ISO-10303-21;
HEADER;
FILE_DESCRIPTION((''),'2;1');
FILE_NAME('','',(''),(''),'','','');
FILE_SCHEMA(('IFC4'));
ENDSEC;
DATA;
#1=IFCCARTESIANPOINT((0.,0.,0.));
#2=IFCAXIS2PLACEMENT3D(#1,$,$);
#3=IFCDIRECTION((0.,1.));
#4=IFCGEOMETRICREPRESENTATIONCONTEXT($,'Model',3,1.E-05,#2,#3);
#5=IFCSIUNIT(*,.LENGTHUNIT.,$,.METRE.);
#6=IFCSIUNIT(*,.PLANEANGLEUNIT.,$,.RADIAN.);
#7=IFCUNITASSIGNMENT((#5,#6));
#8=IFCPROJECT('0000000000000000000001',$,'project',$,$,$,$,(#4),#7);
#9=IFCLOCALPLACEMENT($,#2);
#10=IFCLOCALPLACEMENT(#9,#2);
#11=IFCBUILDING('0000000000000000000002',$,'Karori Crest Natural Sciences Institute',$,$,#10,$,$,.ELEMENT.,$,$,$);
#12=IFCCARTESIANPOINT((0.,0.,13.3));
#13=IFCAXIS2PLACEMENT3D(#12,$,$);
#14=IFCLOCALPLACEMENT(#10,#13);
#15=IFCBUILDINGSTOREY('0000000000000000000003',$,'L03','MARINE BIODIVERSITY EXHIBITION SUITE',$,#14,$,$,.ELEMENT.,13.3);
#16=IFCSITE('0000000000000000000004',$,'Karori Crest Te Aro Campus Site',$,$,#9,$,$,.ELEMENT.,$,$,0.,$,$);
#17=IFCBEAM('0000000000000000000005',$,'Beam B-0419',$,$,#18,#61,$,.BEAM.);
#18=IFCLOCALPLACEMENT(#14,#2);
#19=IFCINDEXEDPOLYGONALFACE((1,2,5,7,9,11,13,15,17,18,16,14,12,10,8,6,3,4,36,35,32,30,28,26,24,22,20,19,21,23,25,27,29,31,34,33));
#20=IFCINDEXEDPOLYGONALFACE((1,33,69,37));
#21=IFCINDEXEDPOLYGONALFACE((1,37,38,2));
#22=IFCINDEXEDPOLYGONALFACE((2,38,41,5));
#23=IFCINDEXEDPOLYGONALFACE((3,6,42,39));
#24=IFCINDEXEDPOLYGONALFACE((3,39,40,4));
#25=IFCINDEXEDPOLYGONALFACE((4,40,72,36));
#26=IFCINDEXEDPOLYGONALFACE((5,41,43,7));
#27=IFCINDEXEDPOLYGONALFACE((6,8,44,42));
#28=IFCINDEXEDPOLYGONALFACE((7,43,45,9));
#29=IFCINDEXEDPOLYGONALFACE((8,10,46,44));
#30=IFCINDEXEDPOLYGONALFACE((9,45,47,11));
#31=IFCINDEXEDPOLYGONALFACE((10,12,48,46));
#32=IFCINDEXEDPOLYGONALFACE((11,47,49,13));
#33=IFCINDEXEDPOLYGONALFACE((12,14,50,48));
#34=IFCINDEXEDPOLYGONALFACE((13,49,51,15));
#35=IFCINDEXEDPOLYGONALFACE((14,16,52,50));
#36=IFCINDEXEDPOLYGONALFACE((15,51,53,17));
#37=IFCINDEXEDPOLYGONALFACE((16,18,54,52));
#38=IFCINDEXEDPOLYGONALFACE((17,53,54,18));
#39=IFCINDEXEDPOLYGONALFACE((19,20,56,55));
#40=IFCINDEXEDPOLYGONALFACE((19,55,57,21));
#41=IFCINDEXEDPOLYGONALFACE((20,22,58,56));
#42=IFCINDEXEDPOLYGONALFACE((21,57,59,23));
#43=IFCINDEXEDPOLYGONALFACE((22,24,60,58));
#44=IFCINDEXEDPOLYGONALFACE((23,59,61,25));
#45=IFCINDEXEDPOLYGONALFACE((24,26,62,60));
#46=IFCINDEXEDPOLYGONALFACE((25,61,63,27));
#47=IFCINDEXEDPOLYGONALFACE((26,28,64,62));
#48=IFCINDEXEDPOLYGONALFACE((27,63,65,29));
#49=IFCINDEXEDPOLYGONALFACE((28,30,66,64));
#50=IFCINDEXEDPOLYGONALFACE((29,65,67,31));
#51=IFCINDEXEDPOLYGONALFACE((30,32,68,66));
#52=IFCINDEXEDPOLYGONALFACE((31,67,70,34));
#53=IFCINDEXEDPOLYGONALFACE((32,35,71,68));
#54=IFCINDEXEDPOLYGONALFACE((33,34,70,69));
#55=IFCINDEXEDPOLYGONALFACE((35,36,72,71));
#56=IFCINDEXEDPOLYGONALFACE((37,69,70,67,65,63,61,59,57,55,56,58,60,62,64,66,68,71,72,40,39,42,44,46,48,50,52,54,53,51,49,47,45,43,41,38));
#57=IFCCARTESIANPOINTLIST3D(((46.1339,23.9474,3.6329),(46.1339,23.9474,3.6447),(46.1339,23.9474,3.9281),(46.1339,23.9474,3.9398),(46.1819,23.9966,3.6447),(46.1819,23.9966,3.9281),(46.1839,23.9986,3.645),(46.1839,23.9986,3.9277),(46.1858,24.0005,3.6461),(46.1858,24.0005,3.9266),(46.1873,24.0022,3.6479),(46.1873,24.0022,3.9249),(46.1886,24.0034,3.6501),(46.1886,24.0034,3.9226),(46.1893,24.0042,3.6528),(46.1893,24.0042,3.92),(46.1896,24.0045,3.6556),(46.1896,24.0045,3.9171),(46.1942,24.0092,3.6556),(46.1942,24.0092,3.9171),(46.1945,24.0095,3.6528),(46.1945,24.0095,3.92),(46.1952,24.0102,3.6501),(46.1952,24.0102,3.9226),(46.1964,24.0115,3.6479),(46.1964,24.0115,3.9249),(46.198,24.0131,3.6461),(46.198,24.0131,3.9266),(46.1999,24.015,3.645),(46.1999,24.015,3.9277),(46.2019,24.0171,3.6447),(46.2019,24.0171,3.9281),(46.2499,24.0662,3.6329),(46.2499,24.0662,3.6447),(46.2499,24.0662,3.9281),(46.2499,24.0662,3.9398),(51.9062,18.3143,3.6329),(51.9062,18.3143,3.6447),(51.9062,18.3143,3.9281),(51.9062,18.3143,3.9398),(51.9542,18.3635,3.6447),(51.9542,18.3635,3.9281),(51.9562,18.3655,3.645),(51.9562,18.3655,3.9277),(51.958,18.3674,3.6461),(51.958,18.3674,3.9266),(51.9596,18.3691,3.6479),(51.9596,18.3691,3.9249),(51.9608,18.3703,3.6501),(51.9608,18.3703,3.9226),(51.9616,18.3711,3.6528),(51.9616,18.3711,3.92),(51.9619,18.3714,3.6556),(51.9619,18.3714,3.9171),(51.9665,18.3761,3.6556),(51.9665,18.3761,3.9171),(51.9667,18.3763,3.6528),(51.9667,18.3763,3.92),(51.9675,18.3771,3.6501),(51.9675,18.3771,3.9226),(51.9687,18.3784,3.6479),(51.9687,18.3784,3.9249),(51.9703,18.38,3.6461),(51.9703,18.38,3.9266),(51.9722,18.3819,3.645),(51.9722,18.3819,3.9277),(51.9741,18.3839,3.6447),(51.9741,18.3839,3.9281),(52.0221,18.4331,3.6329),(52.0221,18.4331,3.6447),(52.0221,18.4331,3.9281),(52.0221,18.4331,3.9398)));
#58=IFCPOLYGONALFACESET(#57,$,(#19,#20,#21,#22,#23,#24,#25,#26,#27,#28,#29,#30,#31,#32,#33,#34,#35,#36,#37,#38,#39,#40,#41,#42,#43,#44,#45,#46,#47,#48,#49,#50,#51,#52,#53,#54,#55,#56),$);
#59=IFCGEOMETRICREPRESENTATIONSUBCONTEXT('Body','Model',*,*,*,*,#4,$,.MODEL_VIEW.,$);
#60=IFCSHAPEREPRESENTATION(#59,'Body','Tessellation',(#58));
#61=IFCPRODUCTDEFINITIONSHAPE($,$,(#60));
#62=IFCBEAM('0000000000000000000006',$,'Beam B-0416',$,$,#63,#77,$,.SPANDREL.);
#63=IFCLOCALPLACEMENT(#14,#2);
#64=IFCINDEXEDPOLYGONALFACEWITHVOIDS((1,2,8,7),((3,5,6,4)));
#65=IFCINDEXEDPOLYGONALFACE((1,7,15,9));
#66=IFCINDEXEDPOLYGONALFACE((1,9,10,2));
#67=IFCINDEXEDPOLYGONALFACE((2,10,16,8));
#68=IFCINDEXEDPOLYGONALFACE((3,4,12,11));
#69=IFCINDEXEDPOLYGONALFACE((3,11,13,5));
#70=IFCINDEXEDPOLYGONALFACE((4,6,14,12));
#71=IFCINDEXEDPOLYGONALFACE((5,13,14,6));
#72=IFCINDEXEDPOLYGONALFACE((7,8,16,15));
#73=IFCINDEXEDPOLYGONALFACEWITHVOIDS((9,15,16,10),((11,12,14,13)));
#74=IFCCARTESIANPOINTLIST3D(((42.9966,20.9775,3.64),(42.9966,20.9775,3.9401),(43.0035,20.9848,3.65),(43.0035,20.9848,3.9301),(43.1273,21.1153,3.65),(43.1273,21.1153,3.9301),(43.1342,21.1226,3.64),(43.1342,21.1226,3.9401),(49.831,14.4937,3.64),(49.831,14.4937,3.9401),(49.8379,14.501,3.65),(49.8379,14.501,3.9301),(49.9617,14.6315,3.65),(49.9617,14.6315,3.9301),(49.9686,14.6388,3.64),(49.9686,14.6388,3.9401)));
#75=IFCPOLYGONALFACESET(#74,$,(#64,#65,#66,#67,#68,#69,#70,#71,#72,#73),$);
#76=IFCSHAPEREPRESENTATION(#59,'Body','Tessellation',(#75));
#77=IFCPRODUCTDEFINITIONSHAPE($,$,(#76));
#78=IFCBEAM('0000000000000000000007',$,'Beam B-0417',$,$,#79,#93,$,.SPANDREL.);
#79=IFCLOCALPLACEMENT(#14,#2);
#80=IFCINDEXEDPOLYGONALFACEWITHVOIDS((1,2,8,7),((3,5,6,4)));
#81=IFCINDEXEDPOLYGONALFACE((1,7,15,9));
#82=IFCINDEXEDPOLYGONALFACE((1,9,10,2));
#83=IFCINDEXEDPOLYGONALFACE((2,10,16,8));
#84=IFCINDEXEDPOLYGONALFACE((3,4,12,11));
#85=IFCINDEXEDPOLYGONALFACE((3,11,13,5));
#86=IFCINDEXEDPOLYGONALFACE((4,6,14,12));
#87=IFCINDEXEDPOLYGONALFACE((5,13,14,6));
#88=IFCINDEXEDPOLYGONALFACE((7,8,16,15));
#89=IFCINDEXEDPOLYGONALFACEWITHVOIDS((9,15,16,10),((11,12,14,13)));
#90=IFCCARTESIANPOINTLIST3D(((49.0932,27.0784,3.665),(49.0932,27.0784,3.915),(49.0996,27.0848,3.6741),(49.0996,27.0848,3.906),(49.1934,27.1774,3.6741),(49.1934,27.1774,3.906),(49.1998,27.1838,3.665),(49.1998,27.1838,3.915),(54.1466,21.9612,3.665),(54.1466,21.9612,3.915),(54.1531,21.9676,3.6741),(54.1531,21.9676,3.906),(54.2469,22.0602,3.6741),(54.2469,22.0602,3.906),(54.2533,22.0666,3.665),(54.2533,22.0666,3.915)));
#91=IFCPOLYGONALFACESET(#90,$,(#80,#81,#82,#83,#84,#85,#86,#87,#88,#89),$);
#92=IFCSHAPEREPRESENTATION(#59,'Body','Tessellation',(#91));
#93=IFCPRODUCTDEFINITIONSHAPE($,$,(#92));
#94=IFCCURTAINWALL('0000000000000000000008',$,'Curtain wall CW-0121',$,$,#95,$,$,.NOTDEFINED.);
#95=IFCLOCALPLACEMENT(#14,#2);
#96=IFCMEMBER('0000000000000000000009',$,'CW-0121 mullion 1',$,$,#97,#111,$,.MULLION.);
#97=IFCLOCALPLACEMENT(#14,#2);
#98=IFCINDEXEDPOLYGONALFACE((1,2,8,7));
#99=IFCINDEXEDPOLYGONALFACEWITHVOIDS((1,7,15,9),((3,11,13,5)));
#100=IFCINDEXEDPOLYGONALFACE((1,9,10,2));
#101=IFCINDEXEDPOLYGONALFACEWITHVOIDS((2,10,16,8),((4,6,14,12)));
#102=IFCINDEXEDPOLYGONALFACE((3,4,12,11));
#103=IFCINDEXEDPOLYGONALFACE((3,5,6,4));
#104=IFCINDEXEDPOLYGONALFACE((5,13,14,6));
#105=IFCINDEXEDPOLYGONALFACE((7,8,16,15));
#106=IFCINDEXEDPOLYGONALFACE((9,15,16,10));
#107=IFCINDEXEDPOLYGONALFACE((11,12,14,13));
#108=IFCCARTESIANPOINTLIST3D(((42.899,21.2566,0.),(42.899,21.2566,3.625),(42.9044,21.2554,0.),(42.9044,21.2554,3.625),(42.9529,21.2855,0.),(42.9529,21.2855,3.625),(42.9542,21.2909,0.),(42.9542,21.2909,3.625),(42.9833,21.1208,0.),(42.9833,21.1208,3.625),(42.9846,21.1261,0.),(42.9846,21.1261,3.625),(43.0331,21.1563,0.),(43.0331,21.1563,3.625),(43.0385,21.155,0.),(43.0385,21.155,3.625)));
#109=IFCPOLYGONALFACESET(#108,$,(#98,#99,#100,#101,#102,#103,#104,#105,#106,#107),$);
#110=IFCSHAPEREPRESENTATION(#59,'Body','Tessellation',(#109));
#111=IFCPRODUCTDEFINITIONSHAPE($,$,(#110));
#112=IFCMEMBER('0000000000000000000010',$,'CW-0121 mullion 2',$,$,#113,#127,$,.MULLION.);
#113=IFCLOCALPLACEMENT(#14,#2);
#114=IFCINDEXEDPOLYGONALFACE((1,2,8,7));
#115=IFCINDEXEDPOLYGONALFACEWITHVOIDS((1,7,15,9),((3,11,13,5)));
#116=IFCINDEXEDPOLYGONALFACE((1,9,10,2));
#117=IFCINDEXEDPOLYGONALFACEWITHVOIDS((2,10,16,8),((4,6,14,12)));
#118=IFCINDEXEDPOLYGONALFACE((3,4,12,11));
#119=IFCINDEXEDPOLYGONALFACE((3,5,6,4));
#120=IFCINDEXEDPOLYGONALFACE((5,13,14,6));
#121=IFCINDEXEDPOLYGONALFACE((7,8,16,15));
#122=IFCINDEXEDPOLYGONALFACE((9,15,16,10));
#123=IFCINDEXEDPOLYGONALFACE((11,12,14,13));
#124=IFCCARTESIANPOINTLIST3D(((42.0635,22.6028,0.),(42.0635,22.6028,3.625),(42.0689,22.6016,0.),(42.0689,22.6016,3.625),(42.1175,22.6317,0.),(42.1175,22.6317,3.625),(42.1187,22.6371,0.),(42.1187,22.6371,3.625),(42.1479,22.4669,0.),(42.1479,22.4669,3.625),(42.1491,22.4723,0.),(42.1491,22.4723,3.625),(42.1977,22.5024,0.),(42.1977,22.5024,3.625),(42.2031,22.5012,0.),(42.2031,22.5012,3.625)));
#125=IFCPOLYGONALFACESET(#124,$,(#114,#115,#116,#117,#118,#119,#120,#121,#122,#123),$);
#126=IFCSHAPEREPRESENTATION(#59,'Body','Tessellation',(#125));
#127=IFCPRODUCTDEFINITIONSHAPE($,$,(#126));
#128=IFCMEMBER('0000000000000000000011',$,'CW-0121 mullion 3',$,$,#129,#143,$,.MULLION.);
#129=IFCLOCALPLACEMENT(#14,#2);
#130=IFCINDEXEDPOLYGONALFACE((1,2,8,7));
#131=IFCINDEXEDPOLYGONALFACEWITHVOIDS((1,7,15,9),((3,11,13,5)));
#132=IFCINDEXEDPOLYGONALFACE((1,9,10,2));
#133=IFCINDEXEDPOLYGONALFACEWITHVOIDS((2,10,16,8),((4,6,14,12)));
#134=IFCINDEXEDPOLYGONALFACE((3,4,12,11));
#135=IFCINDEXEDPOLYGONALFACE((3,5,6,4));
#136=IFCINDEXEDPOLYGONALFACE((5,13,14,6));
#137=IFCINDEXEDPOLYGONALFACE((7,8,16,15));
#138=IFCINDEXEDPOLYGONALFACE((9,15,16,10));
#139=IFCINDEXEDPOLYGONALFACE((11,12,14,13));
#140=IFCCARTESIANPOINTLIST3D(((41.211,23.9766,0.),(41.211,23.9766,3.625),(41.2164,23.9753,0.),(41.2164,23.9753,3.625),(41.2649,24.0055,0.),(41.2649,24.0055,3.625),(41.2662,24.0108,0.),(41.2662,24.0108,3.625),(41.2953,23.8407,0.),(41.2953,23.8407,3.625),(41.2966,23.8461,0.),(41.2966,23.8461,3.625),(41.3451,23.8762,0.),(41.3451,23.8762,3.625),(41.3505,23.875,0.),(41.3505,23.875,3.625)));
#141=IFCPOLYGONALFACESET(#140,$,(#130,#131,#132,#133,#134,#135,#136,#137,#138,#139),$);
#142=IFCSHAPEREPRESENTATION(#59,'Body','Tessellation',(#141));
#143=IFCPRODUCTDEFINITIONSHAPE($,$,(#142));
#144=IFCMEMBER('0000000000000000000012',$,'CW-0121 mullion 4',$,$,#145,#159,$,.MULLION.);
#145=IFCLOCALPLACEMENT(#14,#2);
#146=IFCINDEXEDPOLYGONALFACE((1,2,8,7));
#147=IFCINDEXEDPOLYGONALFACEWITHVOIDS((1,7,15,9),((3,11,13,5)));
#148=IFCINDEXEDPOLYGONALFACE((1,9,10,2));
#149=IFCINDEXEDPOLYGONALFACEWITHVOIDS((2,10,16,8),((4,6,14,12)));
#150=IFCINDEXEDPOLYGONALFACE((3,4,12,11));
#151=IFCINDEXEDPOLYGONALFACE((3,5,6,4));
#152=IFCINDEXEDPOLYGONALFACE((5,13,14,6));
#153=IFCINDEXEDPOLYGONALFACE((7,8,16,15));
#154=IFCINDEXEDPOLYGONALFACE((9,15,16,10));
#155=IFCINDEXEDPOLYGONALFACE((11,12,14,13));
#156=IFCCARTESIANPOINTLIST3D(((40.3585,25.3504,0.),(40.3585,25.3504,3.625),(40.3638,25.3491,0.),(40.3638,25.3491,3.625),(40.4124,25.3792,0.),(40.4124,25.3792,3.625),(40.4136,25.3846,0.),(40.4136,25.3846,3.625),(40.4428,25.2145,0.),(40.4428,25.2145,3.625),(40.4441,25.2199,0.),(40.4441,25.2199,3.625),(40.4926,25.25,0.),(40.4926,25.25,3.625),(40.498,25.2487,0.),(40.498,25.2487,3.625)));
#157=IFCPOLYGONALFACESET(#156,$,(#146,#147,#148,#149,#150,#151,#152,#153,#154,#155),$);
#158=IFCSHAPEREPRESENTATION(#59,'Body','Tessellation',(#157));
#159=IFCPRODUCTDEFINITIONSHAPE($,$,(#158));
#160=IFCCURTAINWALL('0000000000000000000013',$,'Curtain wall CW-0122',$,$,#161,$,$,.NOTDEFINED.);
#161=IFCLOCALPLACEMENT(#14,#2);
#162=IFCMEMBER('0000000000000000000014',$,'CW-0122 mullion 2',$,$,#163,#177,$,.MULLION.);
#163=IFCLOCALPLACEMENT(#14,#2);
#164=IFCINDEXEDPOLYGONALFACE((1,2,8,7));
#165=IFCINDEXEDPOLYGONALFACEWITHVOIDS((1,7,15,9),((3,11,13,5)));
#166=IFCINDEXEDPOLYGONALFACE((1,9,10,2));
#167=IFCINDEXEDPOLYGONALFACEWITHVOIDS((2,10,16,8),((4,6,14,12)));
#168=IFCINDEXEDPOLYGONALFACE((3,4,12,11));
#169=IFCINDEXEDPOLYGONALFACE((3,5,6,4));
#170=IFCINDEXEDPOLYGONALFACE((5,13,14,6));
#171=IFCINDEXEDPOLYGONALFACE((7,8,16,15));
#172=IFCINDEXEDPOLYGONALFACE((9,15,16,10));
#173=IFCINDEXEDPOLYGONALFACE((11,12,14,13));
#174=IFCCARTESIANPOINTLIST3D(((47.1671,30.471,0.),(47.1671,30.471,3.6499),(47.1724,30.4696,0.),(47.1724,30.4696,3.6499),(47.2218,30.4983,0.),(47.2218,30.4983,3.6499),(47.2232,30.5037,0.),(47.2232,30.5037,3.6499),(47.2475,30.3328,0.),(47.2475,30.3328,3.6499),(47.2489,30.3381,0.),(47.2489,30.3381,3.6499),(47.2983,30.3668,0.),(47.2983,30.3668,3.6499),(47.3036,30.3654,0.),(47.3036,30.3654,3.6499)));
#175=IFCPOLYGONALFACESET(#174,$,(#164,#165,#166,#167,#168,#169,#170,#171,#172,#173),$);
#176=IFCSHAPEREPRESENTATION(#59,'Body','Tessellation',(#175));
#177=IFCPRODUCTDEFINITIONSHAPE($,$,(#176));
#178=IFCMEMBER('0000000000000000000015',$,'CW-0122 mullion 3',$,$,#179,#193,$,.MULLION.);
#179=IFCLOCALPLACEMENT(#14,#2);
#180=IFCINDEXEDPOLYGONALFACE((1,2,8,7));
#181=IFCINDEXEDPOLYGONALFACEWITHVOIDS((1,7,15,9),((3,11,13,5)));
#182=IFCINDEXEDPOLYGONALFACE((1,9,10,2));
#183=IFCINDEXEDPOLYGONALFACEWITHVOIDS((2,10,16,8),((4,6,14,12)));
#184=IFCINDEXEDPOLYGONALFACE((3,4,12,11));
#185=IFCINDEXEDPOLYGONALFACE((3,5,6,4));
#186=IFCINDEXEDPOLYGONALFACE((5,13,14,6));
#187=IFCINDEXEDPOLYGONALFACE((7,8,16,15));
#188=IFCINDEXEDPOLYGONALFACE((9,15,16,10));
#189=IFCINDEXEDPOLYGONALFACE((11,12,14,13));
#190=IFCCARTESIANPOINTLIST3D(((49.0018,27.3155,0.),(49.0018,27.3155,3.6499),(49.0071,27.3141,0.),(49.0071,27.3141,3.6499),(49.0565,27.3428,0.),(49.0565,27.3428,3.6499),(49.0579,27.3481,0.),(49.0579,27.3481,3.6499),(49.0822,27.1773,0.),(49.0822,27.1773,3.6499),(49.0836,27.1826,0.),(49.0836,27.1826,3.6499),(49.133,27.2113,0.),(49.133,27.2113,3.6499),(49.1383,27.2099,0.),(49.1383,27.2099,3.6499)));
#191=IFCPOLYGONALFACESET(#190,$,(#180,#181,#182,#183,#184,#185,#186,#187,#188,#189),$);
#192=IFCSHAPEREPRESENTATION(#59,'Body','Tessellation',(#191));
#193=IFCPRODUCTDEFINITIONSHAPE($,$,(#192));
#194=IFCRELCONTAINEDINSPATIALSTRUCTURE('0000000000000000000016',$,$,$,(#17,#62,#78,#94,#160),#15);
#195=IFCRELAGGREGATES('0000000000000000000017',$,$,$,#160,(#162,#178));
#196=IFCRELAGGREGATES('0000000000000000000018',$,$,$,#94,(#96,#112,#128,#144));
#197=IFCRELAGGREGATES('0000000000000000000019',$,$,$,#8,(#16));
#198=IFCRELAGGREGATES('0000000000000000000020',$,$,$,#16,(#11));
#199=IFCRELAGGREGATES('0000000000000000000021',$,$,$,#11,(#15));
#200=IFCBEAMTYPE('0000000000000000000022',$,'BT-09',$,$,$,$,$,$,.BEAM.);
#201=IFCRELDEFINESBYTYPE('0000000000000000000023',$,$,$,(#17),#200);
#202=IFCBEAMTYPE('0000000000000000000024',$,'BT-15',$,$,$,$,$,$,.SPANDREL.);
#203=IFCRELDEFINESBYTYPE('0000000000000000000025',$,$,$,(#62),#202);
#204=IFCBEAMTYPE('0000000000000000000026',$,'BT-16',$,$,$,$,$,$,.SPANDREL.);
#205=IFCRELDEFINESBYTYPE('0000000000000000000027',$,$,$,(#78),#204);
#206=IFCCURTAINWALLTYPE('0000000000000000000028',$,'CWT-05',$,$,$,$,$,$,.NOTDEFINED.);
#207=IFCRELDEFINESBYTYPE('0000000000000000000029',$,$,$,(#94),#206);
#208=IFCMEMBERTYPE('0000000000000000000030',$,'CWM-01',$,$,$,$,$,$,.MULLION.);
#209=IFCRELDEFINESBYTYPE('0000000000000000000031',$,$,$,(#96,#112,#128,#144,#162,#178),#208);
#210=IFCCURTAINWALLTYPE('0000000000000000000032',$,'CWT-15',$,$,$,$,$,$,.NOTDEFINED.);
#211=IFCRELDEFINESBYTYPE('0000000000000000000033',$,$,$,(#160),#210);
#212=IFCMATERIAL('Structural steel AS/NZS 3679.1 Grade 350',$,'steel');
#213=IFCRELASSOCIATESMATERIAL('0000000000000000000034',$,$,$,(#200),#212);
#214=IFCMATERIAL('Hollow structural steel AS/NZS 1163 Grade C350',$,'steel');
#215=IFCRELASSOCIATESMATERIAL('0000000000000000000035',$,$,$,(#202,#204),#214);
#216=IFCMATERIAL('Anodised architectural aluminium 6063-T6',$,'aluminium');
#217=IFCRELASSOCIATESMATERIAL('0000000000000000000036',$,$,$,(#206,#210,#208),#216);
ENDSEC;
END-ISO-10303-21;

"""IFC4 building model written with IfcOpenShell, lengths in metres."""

from ifc_helpers import new_model, si_unit, direction, frame, origin, origin_2d, place, context, subcontext, project, spatial, hollow_rectangle, i_section, extrude, material, material_profile, profile_set, type_object, element, aggregate, save


model = new_model("IFC4")

# Units and contexts
model_context = context("Model", 3, precision=1e-05, world=origin(), true_north=direction((0.0, 1.0)))
body_context = subcontext(model_context, "Body", "Model", "MODEL_VIEW")
ifc_project = project(units=[si_unit("LENGTHUNIT", "METRE"), si_unit("PLANEANGLEUNIT", "RADIAN")], contexts=[model_context])

# Site, building, storey
site_placement = place(None, origin())
site = spatial("IfcSite", under=ifc_project, at=site_placement, Name="Karori Crest Te Aro Campus Site", CompositionType="ELEMENT", RefElevation=0.0)
building_placement = place(site_placement, origin())
building = spatial("IfcBuilding", under=site, at=building_placement, Name="Karori Crest Natural Sciences Institute", CompositionType="ELEMENT")
storey_placement = place(building_placement, frame((0.0, 0.0, 13.3)))
storey = spatial("IfcBuildingStorey", under=building, at=storey_placement, Name="L03", Description="MARINE BIODIVERSITY EXHIBITION SUITE", CompositionType="ELEMENT", Elevation=13.3)

# Shared definitions
ifc_material_1 = material(Name="Structural steel AS/NZS 3679.1 Grade 350", Category="steel")

# Beams
ifc_material_profile_1 = material_profile(ifc_material_1, i_section(OverallWidth=0.166, OverallDepth=0.3069, WebThickness=0.0066, FlangeThickness=0.0117, FilletRadius=0.011, at=origin_2d()), Name="310UB46.2")
ifc_profile_set_1 = profile_set([ifc_material_profile_1], Name="Structural steel AS/NZS 3679.1 Grade 350")
beam_type_1 = type_object("IfcBeamType", Name="BT-09", PredefinedType="BEAM", material=ifc_profile_set_1)
beam_1_placement = place(storey_placement, frame((46.1919, 24.0068, 3.7864), z_axis=(0.715681, -0.698427, 0.0), x_axis=(0.698427, 0.715681, 0.0)))
element("IfcBeam", 1, at=beam_1_placement, inside=storey, type_object=beam_type_1, Name="Beam B-0419", PredefinedType="BEAM", context=body_context, shape_type="SweptSolid", body=[
    extrude(i_section(OverallWidth=0.166, OverallDepth=0.3069, WebThickness=0.0066, FlangeThickness=0.0117, FilletRadius=0.011, at=origin_2d()), origin(), (0.0, 0.0, 1.0), 8.0654),
])
ifc_material_2 = material(Name="Hollow structural steel AS/NZS 1163 Grade C350", Category="steel")
ifc_material_profile_2 = material_profile(ifc_material_2, hollow_rectangle(XDim=0.2, YDim=0.3, WallThickness=0.01, at=origin_2d()), Name="RHS300x200x10")
ifc_profile_set_2 = profile_set([ifc_material_profile_2], Name="Hollow structural steel AS/NZS 1163 Grade C350")
beam_type_2 = type_object("IfcBeamType", Name="BT-15", PredefinedType="SPANDREL", material=ifc_profile_set_2)
beam_2_placement = place(storey_placement, frame((43.0654, 21.05, 3.79), z_axis=(0.725469, -0.688255, 0.0), x_axis=(0.688255, 0.725469, 0.0)))
element("IfcBeam", 2, at=beam_2_placement, inside=storey, type_object=beam_type_2, Name="Beam B-0416", PredefinedType="SPANDREL", context=body_context, shape_type="SweptSolid", body=[
    extrude(hollow_rectangle(XDim=0.2, YDim=0.3, WallThickness=0.01, at=origin_2d()), origin(), (0.0, 0.0, 1.0), 9.4207),
])
ifc_material_profile_3 = material_profile(ifc_material_2, hollow_rectangle(XDim=0.1499, YDim=0.25, WallThickness=0.009, at=origin_2d()), Name="RHS250x150x9")
ifc_profile_set_3 = profile_set([ifc_material_profile_3], Name="Hollow structural steel AS/NZS 1163 Grade C350")
beam_type_3 = type_object("IfcBeamType", Name="BT-16", PredefinedType="SPANDREL", material=ifc_profile_set_3)
beam_3_placement = place(storey_placement, frame((49.1465, 27.1311, 3.79), z_axis=(0.702663, -0.711523, 0.0), x_axis=(0.711523, 0.702663, 0.0)))
element("IfcBeam", 3, at=beam_3_placement, inside=storey, type_object=beam_type_3, Name="Beam B-0417", PredefinedType="SPANDREL", context=body_context, shape_type="SweptSolid", body=[
    extrude(hollow_rectangle(XDim=0.1499, YDim=0.25, WallThickness=0.009, at=origin_2d()), origin(), (0.0, 0.0, 1.0), 7.1919),
])

# Curtain walls, members
ifc_material_3 = material(Name="Anodised architectural aluminium 6063-T6", Category="aluminium")
curtain_wall_type_1 = type_object("IfcCurtainWallType", Name="CWT-05", PredefinedType="NOTDEFINED", material=ifc_material_3)
curtain_wall_1_placement = place(storey_placement, origin())
curtain_wall_1 = element("IfcCurtainWall", 4, at=curtain_wall_1_placement, inside=storey, type_object=curtain_wall_type_1, Name="Curtain wall CW-0121", PredefinedType="NOTDEFINED")
ifc_material_profile_4 = material_profile(ifc_material_3, hollow_rectangle(XDim=0.0649, YDim=0.1599, WallThickness=0.0039, at=origin_2d()), Name="CWM160x65x4")
ifc_profile_set_4 = profile_set([ifc_material_profile_4], Name="Anodised architectural aluminium 6063-T6")
member_type_1 = type_object("IfcMemberType", Name="CWM-01", PredefinedType="MULLION", material=ifc_profile_set_4)
member_1_placement = place(storey_placement, frame((42.9688, 21.2058, 0.0), z_axis=(0.0, 0.0, 1.0), x_axis=(-0.849662, -0.527328, 0.0)))
member_1 = element("IfcMember", 5, at=member_1_placement, type_object=member_type_1, Name="CW-0121 mullion 1", PredefinedType="MULLION", context=body_context, shape_type="SweptSolid", body=[
    extrude(hollow_rectangle(XDim=0.0649, YDim=0.1599, WallThickness=0.0039, at=origin_2d()), origin(), (0.0, 0.0, 1.0), 3.625),
])
member_2_placement = place(storey_placement, frame((42.1333, 22.552, 0.0), z_axis=(0.0, 0.0, 1.0), x_axis=(-0.849662, -0.527328, 0.0)))
member_2 = element("IfcMember", 6, at=member_2_placement, type_object=member_type_1, Name="CW-0121 mullion 2", PredefinedType="MULLION", context=body_context, shape_type="SweptSolid", body=[
    extrude(hollow_rectangle(XDim=0.0649, YDim=0.1599, WallThickness=0.0039, at=origin_2d()), origin(), (0.0, 0.0, 1.0), 3.625),
])
member_3_placement = place(storey_placement, frame((41.2808, 23.9258, 0.0), z_axis=(0.0, 0.0, 1.0), x_axis=(-0.849662, -0.527328, 0.0)))
member_3 = element("IfcMember", 7, at=member_3_placement, type_object=member_type_1, Name="CW-0121 mullion 3", PredefinedType="MULLION", context=body_context, shape_type="SweptSolid", body=[
    extrude(hollow_rectangle(XDim=0.0649, YDim=0.1599, WallThickness=0.0039, at=origin_2d()), origin(), (0.0, 0.0, 1.0), 3.625),
])
member_4_placement = place(storey_placement, frame((40.4282, 25.2996, 0.0), z_axis=(0.0, 0.0, 1.0), x_axis=(-0.849662, -0.527328, 0.0)))
member_4 = element("IfcMember", 8, at=member_4_placement, type_object=member_type_1, Name="CW-0121 mullion 4", PredefinedType="MULLION", context=body_context, shape_type="SweptSolid", body=[
    extrude(hollow_rectangle(XDim=0.0649, YDim=0.1599, WallThickness=0.0039, at=origin_2d()), origin(), (0.0, 0.0, 1.0), 3.625),
])
curtain_wall_type_2 = type_object("IfcCurtainWallType", Name="CWT-15", PredefinedType="NOTDEFINED", material=ifc_material_3)
curtain_wall_2_placement = place(storey_placement, origin())
curtain_wall_2 = element("IfcCurtainWall", 9, at=curtain_wall_2_placement, inside=storey, type_object=curtain_wall_type_2, Name="Curtain wall CW-0122", PredefinedType="NOTDEFINED")
member_5_placement = place(storey_placement, frame((47.2354, 30.4182, 0.0), z_axis=(0.0, 0.0, 1.0), x_axis=(0.864487, 0.502655, 0.0)))
member_5 = element("IfcMember", 10, at=member_5_placement, type_object=member_type_1, Name="CW-0122 mullion 2", PredefinedType="MULLION", context=body_context, shape_type="SweptSolid", body=[
    extrude(hollow_rectangle(XDim=0.0649, YDim=0.1599, WallThickness=0.0039, at=origin_2d()), origin(), (0.0, 0.0, 1.0), 3.6499),
])
member_6_placement = place(storey_placement, frame((49.0701, 27.2627, 0.0), z_axis=(0.0, 0.0, 1.0), x_axis=(0.864487, 0.502655, 0.0)))
member_6 = element("IfcMember", 11, at=member_6_placement, type_object=member_type_1, Name="CW-0122 mullion 3", PredefinedType="MULLION", context=body_context, shape_type="SweptSolid", body=[
    extrude(hollow_rectangle(XDim=0.0649, YDim=0.1599, WallThickness=0.0039, at=origin_2d()), origin(), (0.0, 0.0, 1.0), 3.6499),
])

aggregate(curtain_wall_2, [member_5, member_6])
aggregate(curtain_wall_1, [member_1, member_2, member_3, member_4])

save(model, "model.ifc")
